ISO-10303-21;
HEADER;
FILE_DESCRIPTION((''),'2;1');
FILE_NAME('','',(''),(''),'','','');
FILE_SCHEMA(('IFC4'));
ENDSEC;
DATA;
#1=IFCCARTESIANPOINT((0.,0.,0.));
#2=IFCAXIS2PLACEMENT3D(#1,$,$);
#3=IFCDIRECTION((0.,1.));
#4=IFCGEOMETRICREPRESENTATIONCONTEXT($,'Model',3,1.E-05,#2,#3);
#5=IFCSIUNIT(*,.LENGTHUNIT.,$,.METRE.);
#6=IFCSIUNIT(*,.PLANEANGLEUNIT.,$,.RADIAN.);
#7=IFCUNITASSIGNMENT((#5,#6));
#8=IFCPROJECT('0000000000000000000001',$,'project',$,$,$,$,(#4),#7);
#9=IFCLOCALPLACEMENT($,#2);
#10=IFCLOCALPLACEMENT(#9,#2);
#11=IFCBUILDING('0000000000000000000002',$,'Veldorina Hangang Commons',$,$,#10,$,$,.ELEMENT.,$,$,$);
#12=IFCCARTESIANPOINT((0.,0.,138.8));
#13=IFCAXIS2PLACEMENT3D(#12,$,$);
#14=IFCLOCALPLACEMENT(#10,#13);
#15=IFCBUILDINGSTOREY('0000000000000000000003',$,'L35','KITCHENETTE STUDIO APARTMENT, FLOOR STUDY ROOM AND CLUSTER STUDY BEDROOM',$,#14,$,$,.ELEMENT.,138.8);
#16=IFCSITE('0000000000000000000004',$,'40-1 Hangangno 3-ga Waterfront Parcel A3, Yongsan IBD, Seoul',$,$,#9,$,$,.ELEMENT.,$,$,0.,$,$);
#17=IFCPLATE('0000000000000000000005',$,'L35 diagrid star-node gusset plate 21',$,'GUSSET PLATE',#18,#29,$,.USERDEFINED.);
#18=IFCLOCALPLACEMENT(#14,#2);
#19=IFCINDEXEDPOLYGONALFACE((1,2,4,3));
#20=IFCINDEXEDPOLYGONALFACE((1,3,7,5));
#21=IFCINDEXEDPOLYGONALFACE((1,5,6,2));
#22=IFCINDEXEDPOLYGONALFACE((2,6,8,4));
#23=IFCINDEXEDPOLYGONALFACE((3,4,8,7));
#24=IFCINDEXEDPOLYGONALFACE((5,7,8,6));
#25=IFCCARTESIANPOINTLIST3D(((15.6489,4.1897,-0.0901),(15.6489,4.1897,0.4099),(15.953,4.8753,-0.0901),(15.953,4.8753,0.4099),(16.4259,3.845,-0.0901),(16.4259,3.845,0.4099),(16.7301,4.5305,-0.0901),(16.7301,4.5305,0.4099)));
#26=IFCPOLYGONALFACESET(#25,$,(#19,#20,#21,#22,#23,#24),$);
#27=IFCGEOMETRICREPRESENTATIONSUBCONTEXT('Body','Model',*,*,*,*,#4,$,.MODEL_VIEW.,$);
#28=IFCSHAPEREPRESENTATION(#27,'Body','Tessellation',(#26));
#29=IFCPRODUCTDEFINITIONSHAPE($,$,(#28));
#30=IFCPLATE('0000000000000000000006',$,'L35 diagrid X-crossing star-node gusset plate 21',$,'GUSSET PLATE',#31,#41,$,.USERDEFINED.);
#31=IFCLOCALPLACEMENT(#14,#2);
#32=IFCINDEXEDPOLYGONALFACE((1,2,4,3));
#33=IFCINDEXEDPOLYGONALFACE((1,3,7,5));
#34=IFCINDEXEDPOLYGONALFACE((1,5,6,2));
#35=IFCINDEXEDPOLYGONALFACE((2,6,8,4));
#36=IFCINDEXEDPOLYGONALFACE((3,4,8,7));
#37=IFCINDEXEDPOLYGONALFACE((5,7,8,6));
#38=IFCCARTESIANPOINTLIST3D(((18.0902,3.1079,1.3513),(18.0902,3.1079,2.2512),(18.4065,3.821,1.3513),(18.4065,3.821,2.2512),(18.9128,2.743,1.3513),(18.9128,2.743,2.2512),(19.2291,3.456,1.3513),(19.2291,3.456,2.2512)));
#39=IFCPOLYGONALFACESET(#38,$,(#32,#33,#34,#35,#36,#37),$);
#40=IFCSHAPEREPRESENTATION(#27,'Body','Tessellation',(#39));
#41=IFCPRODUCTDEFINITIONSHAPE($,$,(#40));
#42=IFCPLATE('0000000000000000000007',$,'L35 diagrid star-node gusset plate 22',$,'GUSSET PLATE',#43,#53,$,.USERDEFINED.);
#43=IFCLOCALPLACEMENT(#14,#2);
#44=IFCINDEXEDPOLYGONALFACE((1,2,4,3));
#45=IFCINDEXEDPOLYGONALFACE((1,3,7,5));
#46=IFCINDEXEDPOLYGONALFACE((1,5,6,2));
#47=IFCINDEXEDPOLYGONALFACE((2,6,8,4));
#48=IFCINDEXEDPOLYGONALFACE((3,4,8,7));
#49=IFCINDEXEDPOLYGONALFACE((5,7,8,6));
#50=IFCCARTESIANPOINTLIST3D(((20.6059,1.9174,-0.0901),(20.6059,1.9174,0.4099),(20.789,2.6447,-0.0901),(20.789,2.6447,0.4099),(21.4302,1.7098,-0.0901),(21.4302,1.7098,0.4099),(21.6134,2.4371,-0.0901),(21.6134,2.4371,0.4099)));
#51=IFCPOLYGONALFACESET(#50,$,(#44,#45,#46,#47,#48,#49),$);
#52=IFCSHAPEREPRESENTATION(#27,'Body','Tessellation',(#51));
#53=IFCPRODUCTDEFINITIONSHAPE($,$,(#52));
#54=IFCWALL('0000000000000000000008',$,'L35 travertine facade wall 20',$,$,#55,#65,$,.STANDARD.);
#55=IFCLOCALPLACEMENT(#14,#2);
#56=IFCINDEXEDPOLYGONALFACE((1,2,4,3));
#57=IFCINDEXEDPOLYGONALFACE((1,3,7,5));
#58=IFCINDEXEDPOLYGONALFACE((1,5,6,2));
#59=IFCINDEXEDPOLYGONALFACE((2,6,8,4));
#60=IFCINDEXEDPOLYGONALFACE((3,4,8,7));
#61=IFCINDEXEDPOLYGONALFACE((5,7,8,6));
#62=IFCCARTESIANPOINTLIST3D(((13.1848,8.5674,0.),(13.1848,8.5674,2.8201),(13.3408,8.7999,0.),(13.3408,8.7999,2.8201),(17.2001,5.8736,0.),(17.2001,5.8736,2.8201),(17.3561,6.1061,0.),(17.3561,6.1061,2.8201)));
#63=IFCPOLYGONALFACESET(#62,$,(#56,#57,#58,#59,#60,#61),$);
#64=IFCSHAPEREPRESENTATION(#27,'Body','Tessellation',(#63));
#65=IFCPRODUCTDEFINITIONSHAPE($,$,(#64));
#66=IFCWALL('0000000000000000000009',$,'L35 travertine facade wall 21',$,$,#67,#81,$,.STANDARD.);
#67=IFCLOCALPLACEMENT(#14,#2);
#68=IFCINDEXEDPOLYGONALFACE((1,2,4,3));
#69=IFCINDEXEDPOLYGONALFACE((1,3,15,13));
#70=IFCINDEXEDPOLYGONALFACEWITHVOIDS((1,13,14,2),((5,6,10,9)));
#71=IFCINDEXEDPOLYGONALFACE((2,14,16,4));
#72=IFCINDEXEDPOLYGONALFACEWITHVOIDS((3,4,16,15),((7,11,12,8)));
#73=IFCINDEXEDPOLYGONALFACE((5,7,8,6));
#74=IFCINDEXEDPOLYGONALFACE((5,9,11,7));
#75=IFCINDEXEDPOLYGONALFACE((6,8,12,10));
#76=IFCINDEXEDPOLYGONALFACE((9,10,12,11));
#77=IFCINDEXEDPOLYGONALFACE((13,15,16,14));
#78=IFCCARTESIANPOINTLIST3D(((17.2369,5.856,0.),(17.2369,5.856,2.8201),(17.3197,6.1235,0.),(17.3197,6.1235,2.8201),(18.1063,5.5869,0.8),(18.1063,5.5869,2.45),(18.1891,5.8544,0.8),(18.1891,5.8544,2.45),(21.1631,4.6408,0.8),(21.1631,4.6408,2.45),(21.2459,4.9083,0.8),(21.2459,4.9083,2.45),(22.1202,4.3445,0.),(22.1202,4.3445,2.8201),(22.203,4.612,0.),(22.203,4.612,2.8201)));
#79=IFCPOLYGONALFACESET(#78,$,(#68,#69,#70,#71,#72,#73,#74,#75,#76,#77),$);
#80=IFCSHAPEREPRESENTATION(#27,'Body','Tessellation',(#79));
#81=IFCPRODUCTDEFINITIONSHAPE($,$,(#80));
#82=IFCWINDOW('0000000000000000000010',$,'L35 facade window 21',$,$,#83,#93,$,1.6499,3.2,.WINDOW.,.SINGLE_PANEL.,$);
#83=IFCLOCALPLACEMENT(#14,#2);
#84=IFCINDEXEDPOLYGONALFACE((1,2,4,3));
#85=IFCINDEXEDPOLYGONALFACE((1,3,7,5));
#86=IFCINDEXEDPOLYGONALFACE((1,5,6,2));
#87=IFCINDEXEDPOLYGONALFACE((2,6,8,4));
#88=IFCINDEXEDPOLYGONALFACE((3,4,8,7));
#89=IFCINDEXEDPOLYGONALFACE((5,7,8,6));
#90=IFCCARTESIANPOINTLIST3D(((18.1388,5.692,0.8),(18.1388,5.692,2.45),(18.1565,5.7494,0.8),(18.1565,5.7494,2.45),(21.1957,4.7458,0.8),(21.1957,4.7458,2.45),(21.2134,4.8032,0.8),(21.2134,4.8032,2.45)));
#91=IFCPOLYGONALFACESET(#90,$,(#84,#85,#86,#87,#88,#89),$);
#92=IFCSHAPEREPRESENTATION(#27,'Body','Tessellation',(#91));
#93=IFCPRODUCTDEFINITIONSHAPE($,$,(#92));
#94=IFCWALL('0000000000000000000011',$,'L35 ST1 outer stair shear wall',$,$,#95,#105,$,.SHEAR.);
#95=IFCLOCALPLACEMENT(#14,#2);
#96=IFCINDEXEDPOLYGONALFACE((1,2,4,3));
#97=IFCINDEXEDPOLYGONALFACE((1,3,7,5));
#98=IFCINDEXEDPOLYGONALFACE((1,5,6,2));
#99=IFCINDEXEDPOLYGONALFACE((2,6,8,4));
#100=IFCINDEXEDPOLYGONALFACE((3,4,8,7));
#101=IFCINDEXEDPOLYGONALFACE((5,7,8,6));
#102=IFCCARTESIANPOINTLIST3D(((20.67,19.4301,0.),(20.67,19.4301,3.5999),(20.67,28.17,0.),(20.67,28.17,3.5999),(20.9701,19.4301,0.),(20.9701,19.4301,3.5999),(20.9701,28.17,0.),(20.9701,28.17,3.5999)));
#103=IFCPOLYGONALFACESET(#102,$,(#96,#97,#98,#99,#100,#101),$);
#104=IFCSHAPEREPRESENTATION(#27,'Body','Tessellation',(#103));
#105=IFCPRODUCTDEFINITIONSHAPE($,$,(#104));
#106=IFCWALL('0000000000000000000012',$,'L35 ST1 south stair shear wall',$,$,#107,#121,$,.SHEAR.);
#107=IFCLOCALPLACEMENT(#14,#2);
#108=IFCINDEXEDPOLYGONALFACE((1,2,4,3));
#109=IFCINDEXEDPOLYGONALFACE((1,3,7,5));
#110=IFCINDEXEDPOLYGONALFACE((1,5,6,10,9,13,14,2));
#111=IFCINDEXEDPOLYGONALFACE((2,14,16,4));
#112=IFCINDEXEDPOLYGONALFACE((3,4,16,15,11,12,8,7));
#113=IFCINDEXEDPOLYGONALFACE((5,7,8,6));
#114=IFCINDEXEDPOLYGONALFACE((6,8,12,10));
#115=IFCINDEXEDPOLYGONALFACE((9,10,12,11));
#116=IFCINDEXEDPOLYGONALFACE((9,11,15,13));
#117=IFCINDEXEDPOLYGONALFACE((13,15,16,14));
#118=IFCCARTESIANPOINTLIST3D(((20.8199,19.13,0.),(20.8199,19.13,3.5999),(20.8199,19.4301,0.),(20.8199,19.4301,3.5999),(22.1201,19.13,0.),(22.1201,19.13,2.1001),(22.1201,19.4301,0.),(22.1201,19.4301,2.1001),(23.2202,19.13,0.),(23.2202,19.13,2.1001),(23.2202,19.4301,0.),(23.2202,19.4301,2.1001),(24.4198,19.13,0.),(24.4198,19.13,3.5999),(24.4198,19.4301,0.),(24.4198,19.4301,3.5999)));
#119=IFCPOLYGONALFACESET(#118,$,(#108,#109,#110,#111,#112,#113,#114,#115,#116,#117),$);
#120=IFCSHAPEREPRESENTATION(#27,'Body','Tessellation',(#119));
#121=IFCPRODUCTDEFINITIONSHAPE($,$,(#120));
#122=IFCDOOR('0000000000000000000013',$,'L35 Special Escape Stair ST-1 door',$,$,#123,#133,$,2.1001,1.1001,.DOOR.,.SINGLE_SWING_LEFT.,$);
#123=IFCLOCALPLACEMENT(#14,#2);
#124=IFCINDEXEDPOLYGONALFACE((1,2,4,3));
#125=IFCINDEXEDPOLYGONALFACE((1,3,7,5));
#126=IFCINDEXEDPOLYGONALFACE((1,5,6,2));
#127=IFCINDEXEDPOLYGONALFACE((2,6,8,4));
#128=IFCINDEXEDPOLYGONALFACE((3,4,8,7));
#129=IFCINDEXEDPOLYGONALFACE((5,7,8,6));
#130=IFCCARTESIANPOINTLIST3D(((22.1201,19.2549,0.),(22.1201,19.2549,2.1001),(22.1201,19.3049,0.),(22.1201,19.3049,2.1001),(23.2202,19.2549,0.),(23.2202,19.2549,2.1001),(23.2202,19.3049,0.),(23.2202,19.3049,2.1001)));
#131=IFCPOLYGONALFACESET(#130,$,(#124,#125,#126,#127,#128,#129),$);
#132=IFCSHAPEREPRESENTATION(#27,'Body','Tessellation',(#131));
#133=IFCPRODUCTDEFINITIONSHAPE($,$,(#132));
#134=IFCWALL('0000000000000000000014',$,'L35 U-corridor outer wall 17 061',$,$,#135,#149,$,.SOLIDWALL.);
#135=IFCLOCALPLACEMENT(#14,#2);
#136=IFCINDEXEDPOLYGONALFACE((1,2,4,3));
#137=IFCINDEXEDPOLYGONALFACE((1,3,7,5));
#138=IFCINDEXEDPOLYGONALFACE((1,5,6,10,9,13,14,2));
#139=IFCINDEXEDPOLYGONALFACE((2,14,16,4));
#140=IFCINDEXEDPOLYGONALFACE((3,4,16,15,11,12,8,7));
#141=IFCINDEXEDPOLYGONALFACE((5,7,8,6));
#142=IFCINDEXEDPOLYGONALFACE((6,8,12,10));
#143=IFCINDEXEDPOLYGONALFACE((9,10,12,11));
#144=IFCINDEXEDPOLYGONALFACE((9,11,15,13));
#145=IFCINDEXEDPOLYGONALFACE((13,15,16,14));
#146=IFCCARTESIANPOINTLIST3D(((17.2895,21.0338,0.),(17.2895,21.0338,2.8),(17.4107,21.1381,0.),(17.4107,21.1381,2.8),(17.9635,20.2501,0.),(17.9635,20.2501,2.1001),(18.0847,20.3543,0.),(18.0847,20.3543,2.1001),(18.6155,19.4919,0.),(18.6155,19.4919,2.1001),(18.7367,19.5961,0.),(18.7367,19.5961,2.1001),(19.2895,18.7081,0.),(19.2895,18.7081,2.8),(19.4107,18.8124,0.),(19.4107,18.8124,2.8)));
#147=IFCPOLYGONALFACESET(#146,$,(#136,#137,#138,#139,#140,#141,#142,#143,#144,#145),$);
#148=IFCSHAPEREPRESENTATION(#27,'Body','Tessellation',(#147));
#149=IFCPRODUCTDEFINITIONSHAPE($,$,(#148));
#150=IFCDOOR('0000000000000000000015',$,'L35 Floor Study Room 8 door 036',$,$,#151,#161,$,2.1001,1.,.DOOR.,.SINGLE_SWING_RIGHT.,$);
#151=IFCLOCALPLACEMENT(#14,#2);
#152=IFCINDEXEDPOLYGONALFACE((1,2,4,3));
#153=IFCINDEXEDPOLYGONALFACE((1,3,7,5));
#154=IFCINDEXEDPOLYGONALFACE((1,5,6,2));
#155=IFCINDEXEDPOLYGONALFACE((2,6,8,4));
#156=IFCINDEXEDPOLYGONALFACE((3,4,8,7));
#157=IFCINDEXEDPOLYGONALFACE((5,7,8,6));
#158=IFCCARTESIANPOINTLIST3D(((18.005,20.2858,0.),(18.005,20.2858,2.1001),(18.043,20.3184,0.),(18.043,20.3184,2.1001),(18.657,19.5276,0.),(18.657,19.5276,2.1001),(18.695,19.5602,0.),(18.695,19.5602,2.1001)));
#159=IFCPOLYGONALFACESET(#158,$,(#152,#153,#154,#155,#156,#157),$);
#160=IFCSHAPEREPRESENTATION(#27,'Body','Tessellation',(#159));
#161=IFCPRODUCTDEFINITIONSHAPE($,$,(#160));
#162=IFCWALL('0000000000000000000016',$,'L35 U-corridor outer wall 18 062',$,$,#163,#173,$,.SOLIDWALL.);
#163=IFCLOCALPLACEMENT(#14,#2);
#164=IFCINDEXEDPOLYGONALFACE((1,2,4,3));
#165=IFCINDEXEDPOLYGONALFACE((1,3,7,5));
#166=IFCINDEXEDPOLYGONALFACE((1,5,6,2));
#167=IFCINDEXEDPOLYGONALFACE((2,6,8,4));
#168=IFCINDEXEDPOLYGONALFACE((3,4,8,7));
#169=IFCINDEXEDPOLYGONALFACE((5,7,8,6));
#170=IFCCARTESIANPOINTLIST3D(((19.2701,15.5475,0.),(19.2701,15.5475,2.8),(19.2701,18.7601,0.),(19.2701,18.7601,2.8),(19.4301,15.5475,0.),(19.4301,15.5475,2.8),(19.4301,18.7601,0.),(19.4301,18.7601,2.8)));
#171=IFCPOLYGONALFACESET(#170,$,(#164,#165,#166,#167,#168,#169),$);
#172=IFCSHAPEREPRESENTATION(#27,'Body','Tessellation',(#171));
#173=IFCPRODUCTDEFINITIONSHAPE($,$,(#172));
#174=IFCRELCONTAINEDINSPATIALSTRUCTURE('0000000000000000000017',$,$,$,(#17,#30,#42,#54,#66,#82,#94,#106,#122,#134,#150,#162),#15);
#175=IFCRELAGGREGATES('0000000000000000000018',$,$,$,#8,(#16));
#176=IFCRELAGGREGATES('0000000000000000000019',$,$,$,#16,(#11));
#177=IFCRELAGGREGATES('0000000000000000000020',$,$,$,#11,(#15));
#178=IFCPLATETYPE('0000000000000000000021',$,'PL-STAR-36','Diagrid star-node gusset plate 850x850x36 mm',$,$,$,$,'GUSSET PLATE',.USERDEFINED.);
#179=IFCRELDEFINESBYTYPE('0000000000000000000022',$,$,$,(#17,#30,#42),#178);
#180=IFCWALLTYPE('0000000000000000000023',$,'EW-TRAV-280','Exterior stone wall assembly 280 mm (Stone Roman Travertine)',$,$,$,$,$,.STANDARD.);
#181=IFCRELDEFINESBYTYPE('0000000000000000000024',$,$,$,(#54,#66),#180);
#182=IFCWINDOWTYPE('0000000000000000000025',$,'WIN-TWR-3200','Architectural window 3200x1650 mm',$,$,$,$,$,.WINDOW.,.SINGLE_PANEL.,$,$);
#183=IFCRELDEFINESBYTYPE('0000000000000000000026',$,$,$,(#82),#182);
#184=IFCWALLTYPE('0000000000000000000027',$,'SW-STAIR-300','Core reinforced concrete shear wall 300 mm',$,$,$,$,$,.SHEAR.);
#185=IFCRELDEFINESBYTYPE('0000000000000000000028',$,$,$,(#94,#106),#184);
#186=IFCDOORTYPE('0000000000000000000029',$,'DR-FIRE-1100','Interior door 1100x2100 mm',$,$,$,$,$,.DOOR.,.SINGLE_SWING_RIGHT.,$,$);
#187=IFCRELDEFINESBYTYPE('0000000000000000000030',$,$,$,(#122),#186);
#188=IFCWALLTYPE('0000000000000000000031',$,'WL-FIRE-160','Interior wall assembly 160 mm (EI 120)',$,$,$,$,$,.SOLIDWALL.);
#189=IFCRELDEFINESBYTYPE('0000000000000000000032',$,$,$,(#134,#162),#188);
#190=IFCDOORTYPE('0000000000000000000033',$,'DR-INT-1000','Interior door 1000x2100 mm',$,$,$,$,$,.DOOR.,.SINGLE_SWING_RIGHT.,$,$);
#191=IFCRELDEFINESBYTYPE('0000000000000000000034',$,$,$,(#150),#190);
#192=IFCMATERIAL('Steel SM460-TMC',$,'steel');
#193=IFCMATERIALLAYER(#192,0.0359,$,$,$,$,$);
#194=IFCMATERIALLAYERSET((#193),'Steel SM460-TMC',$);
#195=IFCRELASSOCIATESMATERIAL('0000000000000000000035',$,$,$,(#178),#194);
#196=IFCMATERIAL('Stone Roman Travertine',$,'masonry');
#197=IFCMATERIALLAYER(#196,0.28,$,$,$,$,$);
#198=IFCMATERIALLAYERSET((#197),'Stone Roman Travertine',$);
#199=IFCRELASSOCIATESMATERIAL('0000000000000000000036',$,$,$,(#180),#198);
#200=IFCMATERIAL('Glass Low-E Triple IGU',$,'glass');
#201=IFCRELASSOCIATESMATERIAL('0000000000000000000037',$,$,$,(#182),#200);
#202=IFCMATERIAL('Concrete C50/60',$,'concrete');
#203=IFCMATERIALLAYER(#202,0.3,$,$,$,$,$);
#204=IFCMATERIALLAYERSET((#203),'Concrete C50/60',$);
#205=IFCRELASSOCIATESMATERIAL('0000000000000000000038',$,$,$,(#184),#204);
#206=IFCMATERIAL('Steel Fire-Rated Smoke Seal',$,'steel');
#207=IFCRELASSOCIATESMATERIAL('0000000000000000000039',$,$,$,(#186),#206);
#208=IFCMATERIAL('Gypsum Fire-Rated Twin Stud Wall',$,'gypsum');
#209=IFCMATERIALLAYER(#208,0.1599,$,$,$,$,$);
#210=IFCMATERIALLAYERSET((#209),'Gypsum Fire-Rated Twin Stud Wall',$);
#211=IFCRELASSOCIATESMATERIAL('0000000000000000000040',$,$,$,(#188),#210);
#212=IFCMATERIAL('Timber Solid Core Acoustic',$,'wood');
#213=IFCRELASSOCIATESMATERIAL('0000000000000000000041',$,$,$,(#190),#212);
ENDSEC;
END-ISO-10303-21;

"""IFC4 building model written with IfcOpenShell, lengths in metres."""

from ifc_helpers import new_model, si_unit, direction, frame, frame_2d, origin, origin_2d, place, context, subcontext, project, spatial, rectangle, extrude, material, layer, layer_set, type_object, element, fill, save


model = new_model("IFC4")

# Units and contexts
model_context = context("Model", 3, precision=1e-05, world=origin(), true_north=direction((0.0, 1.0)))
body_context = subcontext(model_context, "Body", "Model", "MODEL_VIEW")
ifc_project = project(units=[si_unit("LENGTHUNIT", "METRE"), si_unit("PLANEANGLEUNIT", "RADIAN")], contexts=[model_context])

# Site, building, storey
site_placement = place(None, origin())
site = spatial("IfcSite", under=ifc_project, at=site_placement, Name="40-1 Hangangno 3-ga Waterfront Parcel A3, Yongsan IBD, Seoul", CompositionType="ELEMENT", RefElevation=0.0)
building_placement = place(site_placement, origin())
building = spatial("IfcBuilding", under=site, at=building_placement, Name="Veldorina Hangang Commons", CompositionType="ELEMENT")
storey_placement = place(building_placement, frame((0.0, 0.0, 138.8)))
storey = spatial("IfcBuildingStorey", under=building, at=storey_placement, Name="L35", Description="KITCHENETTE STUDIO APARTMENT, FLOOR STUDY ROOM AND CLUSTER STUDY BEDROOM", CompositionType="ELEMENT", Elevation=138.8)

# Plates
ifc_material_1 = material(Name="Steel SM460-TMC", Category="steel")
ifc_layer_1 = layer(ifc_material_1, 0.0359)
ifc_layer_set_1 = layer_set([ifc_layer_1], Name="Steel SM460-TMC")
plate_type = type_object("IfcPlateType", Name="PL-STAR-36", Description="Diagrid star-node gusset plate 850x850x36 mm", ElementType="GUSSET PLATE", PredefinedType="USERDEFINED", material=ifc_layer_set_1)
plate_1_placement = place(storey_placement, frame((16.1895, 4.3601, -0.0901), z_axis=(0.0, 0.0, 1.0), x_axis=(0.914084, -0.405525, 0.0)))
element("IfcPlate", 1, at=plate_1_placement, inside=storey, type_object=plate_type, Name="L35 diagrid star-node gusset plate 21", ObjectType="GUSSET PLATE", PredefinedType="USERDEFINED", context=body_context, shape_type="SweptSolid", body=[
    extrude(rectangle(XDim=0.8501, YDim=0.75, at=origin_2d()), origin(), (0.0, 0.0, 1.0), 0.5),
])
plate_2_placement = place(storey_placement, frame((18.6597, 3.282, 1.3513), z_axis=(0.0, 0.0, 1.0), x_axis=(0.914084, -0.405525, 0.0)))
element("IfcPlate", 2, at=plate_2_placement, inside=storey, type_object=plate_type, Name="L35 diagrid X-crossing star-node gusset plate 21", ObjectType="GUSSET PLATE", PredefinedType="USERDEFINED", context=body_context, shape_type="SweptSolid", body=[
    extrude(rectangle(XDim=0.8999, YDim=0.78, at=origin_2d()), origin(), (0.0, 0.0, 1.0), 0.8999),
])
plate_3_placement = place(storey_placement, frame((21.1096, 2.1772, -0.0901), z_axis=(0.0, 0.0, 1.0), x_axis=(0.969736, -0.244157, 0.0)))
element("IfcPlate", 3, at=plate_3_placement, inside=storey, type_object=plate_type, Name="L35 diagrid star-node gusset plate 22", ObjectType="GUSSET PLATE", PredefinedType="USERDEFINED", context=body_context, shape_type="SweptSolid", body=[
    extrude(rectangle(XDim=0.8501, YDim=0.75, at=origin_2d()), origin(), (0.0, 0.0, 1.0), 0.5),
])

# Wall
ifc_material_2 = material(Name="Stone Roman Travertine", Category="masonry")
ifc_layer_2 = layer(ifc_material_2, 0.28)
ifc_layer_set_2 = layer_set([ifc_layer_2], Name="Stone Roman Travertine")
wall_type_1 = type_object("IfcWallType", Name="EW-TRAV-280", Description="Exterior stone wall assembly 280 mm (Stone Roman Travertine)", PredefinedType="STANDARD", material=ifc_layer_set_2)
wall_1_placement = place(storey_placement, frame((13.2629, 8.6836, 0.0), z_axis=(0.0, 0.0, 1.0), x_axis=(0.830431, -0.557121, 0.0)))
element("IfcWall", 4, at=wall_1_placement, inside=storey, type_object=wall_type_1, Name="L35 travertine facade wall 20", PredefinedType="STANDARD", context=body_context, shape_type="SweptSolid", body=[
    extrude(rectangle(XDim=4.8352, YDim=0.28, at=frame_2d((2.4175, 0.0))), origin(), (0.0, 0.0, 1.0), 2.8201),
])

# Wall, opening, window
wall_2_placement = place(storey_placement, frame((17.2783, 5.9897, 0.0), z_axis=(0.0, 0.0, 1.0), x_axis=(0.955287, -0.29568, 0.0)))
wall_2 = element("IfcWall", 5, at=wall_2_placement, inside=storey, type_object=wall_type_1, Name="L35 travertine facade wall 21", PredefinedType="STANDARD", context=body_context, shape_type="SweptSolid", body=[
    extrude(rectangle(XDim=5.1118, YDim=0.28, at=frame_2d((2.5559, 0.0))), origin(), (0.0, 0.0, 1.0), 2.8201),
])
opening_1_placement = place(wall_2_placement, frame((0.9099, 0.0, 0.8)))
opening_1 = element("IfcOpeningElement", 6, at=opening_1_placement, cuts=wall_2, PredefinedType="OPENING", context=body_context, shape_type="SweptSolid", body=[
    extrude(rectangle(XDim=3.2, YDim=1.6499, at=frame_2d((1.6001, 0.825))), frame((0.0, 0.1499, 0.0), z_axis=(0.0, -1.0, 0.0), x_axis=(1.0, 0.0, 0.0)), (0.0, 0.0, 1.0), 0.3),
])
ifc_material_3 = material(Name="Glass Low-E Triple IGU", Category="glass")
window_type = type_object("IfcWindowType", Name="WIN-TWR-3200", Description="Architectural window 3200x1650 mm", PartitioningType="SINGLE_PANEL", PredefinedType="WINDOW", material=ifc_material_3)
window_placement = place(opening_1_placement, origin())
window = element("IfcWindow", 7, at=window_placement, inside=storey, type_object=window_type, Name="L35 facade window 21", OverallHeight=1.6499, OverallWidth=3.2, PartitioningType="SINGLE_PANEL", PredefinedType="WINDOW", context=body_context, shape_type="SweptSolid", body=[
    extrude(rectangle(XDim=3.2, YDim=1.6499, at=frame_2d((1.6001, 0.825))), frame((0.0, 0.03, 0.0), z_axis=(0.0, -1.0, 0.0), x_axis=(1.0, 0.0, 0.0)), (0.0, 0.0, 1.0), 0.0601),
])
fill(opening_1, window)

# Wall
ifc_material_4 = material(Name="Concrete C50/60", Category="concrete")
ifc_layer_3 = layer(ifc_material_4, 0.3)
ifc_layer_set_3 = layer_set([ifc_layer_3], Name="Concrete C50/60")
wall_type_2 = type_object("IfcWallType", Name="SW-STAIR-300", Description="Core reinforced concrete shear wall 300 mm", PredefinedType="SHEAR", material=ifc_layer_set_3)
wall_3_placement = place(storey_placement, frame((20.8201, 19.4299, 0.0), z_axis=(0.0, 0.0, 1.0), x_axis=(0.0, 1.0, 0.0)))
element("IfcWall", 8, at=wall_3_placement, inside=storey, type_object=wall_type_2, Name="L35 ST1 outer stair shear wall", PredefinedType="SHEAR", context=body_context, shape_type="SweptSolid", body=[
    extrude(rectangle(XDim=8.74, YDim=0.3, at=frame_2d((4.3701, 0.0))), origin(), (0.0, 0.0, 1.0), 3.5999),
])

# Walls, openings, doors
wall_4_placement = place(storey_placement, frame((20.8201, 19.28, 0.0), z_axis=(0.0, 0.0, 1.0), x_axis=(1.0, 0.0, 0.0)))
wall_4 = element("IfcWall", 9, at=wall_4_placement, inside=storey, type_object=wall_type_2, Name="L35 ST1 south stair shear wall", PredefinedType="SHEAR", context=body_context, shape_type="SweptSolid", body=[
    extrude(rectangle(XDim=3.5999, YDim=0.3, at=frame_2d((1.7998, 0.0))), origin(), (0.0, 0.0, 1.0), 3.5999),
])
opening_2_placement = place(wall_4_placement, frame((1.3, 0.0, 0.0)))
opening_2 = element("IfcOpeningElement", 10, at=opening_2_placement, cuts=wall_4, PredefinedType="OPENING", context=body_context, shape_type="SweptSolid", body=[
    extrude(rectangle(XDim=1.1001, YDim=2.1001, at=frame_2d((0.55, 1.05))), frame((0.0, 0.1602, 0.0), z_axis=(0.0, -1.0, 0.0), x_axis=(1.0, 0.0, 0.0)), (0.0, 0.0, 1.0), 0.3201),
])
ifc_material_5 = material(Name="Steel Fire-Rated Smoke Seal", Category="steel")
door_type_1 = type_object("IfcDoorType", Name="DR-FIRE-1100", Description="Interior door 1100x2100 mm", OperationType="SINGLE_SWING_RIGHT", PredefinedType="DOOR", material=ifc_material_5)
door_1_placement = place(opening_2_placement, origin())
door_1 = element("IfcDoor", 11, at=door_1_placement, inside=storey, type_object=door_type_1, Name="L35 Special Escape Stair ST-1 door", OperationType="SINGLE_SWING_LEFT", OverallHeight=2.1001, OverallWidth=1.1001, PredefinedType="DOOR", context=body_context, shape_type="SweptSolid", body=[
    extrude(rectangle(XDim=1.1001, YDim=2.1001, at=frame_2d((0.55, 1.05))), frame((0.0, 0.0249, 0.0), z_axis=(0.0, -1.0, 0.0), x_axis=(1.0, 0.0, 0.0)), (0.0, 0.0, 1.0), 0.05),
])
fill(opening_2, door_1)
ifc_material_6 = material(Name="Gypsum Fire-Rated Twin Stud Wall", Category="gypsum")
ifc_layer_4 = layer(ifc_material_6, 0.1599)
ifc_layer_set_4 = layer_set([ifc_layer_4], Name="Gypsum Fire-Rated Twin Stud Wall")
wall_type_3 = type_object("IfcWallType", Name="WL-FIRE-160", Description="Interior wall assembly 160 mm (EI 120)", PredefinedType="SOLIDWALL", material=ifc_layer_set_4)
wall_5_placement = place(storey_placement, frame((17.3501, 21.0859, 0.0), z_axis=(0.0, 0.0, 1.0), x_axis=(0.652023, -0.758199, 0.0)))
wall_5 = element("IfcWall", 12, at=wall_5_placement, inside=storey, type_object=wall_type_3, Name="L35 U-corridor outer wall 17 061", PredefinedType="SOLIDWALL", context=body_context, shape_type="SweptSolid", body=[
    extrude(rectangle(XDim=3.0674, YDim=0.1599, at=frame_2d((1.5337, 0.0))), origin(), (0.0, 0.0, 1.0), 2.8),
])
opening_3_placement = place(wall_5_placement, frame((1.0337, 0.0, 0.0)))
opening_3 = element("IfcOpeningElement", 13, at=opening_3_placement, cuts=wall_5, PredefinedType="OPENING", context=body_context, shape_type="SweptSolid", body=[
    extrude(rectangle(XDim=1.0, YDim=2.1001, at=frame_2d((0.5, 1.05))), frame((0.0, 0.0898, 0.0), z_axis=(0.0, -1.0, 0.0), x_axis=(1.0, 0.0, 0.0)), (0.0, 0.0, 1.0), 0.1799),
])
ifc_material_7 = material(Name="Timber Solid Core Acoustic", Category="wood")
door_type_2 = type_object("IfcDoorType", Name="DR-INT-1000", Description="Interior door 1000x2100 mm", OperationType="SINGLE_SWING_RIGHT", PredefinedType="DOOR", material=ifc_material_7)
door_2_placement = place(opening_3_placement, origin())
door_2 = element("IfcDoor", 14, at=door_2_placement, inside=storey, type_object=door_type_2, Name="L35 Floor Study Room 8 door 036", OperationType="SINGLE_SWING_RIGHT", OverallHeight=2.1001, OverallWidth=1.0, PredefinedType="DOOR", context=body_context, shape_type="SweptSolid", body=[
    extrude(rectangle(XDim=1.0, YDim=2.1001, at=frame_2d((0.5, 1.05))), frame((0.0, 0.0249, 0.0), z_axis=(0.0, -1.0, 0.0), x_axis=(1.0, 0.0, 0.0)), (0.0, 0.0, 1.0), 0.05),
])
fill(opening_3, door_2)

# Wall
wall_6_placement = place(storey_placement, frame((19.3501, 18.7603, 0.0), z_axis=(0.0, 0.0, 1.0), x_axis=(0.0, -1.0, 0.0)))
element("IfcWall", 15, at=wall_6_placement, inside=storey, type_object=wall_type_3, Name="L35 U-corridor outer wall 18 062", PredefinedType="SOLIDWALL", context=body_context, shape_type="SweptSolid", body=[
    extrude(rectangle(XDim=3.2126, YDim=0.1599, at=frame_2d((1.6064, 0.0))), origin(), (0.0, 0.0, 1.0), 2.8),
])

save(model, "model.ifc")
